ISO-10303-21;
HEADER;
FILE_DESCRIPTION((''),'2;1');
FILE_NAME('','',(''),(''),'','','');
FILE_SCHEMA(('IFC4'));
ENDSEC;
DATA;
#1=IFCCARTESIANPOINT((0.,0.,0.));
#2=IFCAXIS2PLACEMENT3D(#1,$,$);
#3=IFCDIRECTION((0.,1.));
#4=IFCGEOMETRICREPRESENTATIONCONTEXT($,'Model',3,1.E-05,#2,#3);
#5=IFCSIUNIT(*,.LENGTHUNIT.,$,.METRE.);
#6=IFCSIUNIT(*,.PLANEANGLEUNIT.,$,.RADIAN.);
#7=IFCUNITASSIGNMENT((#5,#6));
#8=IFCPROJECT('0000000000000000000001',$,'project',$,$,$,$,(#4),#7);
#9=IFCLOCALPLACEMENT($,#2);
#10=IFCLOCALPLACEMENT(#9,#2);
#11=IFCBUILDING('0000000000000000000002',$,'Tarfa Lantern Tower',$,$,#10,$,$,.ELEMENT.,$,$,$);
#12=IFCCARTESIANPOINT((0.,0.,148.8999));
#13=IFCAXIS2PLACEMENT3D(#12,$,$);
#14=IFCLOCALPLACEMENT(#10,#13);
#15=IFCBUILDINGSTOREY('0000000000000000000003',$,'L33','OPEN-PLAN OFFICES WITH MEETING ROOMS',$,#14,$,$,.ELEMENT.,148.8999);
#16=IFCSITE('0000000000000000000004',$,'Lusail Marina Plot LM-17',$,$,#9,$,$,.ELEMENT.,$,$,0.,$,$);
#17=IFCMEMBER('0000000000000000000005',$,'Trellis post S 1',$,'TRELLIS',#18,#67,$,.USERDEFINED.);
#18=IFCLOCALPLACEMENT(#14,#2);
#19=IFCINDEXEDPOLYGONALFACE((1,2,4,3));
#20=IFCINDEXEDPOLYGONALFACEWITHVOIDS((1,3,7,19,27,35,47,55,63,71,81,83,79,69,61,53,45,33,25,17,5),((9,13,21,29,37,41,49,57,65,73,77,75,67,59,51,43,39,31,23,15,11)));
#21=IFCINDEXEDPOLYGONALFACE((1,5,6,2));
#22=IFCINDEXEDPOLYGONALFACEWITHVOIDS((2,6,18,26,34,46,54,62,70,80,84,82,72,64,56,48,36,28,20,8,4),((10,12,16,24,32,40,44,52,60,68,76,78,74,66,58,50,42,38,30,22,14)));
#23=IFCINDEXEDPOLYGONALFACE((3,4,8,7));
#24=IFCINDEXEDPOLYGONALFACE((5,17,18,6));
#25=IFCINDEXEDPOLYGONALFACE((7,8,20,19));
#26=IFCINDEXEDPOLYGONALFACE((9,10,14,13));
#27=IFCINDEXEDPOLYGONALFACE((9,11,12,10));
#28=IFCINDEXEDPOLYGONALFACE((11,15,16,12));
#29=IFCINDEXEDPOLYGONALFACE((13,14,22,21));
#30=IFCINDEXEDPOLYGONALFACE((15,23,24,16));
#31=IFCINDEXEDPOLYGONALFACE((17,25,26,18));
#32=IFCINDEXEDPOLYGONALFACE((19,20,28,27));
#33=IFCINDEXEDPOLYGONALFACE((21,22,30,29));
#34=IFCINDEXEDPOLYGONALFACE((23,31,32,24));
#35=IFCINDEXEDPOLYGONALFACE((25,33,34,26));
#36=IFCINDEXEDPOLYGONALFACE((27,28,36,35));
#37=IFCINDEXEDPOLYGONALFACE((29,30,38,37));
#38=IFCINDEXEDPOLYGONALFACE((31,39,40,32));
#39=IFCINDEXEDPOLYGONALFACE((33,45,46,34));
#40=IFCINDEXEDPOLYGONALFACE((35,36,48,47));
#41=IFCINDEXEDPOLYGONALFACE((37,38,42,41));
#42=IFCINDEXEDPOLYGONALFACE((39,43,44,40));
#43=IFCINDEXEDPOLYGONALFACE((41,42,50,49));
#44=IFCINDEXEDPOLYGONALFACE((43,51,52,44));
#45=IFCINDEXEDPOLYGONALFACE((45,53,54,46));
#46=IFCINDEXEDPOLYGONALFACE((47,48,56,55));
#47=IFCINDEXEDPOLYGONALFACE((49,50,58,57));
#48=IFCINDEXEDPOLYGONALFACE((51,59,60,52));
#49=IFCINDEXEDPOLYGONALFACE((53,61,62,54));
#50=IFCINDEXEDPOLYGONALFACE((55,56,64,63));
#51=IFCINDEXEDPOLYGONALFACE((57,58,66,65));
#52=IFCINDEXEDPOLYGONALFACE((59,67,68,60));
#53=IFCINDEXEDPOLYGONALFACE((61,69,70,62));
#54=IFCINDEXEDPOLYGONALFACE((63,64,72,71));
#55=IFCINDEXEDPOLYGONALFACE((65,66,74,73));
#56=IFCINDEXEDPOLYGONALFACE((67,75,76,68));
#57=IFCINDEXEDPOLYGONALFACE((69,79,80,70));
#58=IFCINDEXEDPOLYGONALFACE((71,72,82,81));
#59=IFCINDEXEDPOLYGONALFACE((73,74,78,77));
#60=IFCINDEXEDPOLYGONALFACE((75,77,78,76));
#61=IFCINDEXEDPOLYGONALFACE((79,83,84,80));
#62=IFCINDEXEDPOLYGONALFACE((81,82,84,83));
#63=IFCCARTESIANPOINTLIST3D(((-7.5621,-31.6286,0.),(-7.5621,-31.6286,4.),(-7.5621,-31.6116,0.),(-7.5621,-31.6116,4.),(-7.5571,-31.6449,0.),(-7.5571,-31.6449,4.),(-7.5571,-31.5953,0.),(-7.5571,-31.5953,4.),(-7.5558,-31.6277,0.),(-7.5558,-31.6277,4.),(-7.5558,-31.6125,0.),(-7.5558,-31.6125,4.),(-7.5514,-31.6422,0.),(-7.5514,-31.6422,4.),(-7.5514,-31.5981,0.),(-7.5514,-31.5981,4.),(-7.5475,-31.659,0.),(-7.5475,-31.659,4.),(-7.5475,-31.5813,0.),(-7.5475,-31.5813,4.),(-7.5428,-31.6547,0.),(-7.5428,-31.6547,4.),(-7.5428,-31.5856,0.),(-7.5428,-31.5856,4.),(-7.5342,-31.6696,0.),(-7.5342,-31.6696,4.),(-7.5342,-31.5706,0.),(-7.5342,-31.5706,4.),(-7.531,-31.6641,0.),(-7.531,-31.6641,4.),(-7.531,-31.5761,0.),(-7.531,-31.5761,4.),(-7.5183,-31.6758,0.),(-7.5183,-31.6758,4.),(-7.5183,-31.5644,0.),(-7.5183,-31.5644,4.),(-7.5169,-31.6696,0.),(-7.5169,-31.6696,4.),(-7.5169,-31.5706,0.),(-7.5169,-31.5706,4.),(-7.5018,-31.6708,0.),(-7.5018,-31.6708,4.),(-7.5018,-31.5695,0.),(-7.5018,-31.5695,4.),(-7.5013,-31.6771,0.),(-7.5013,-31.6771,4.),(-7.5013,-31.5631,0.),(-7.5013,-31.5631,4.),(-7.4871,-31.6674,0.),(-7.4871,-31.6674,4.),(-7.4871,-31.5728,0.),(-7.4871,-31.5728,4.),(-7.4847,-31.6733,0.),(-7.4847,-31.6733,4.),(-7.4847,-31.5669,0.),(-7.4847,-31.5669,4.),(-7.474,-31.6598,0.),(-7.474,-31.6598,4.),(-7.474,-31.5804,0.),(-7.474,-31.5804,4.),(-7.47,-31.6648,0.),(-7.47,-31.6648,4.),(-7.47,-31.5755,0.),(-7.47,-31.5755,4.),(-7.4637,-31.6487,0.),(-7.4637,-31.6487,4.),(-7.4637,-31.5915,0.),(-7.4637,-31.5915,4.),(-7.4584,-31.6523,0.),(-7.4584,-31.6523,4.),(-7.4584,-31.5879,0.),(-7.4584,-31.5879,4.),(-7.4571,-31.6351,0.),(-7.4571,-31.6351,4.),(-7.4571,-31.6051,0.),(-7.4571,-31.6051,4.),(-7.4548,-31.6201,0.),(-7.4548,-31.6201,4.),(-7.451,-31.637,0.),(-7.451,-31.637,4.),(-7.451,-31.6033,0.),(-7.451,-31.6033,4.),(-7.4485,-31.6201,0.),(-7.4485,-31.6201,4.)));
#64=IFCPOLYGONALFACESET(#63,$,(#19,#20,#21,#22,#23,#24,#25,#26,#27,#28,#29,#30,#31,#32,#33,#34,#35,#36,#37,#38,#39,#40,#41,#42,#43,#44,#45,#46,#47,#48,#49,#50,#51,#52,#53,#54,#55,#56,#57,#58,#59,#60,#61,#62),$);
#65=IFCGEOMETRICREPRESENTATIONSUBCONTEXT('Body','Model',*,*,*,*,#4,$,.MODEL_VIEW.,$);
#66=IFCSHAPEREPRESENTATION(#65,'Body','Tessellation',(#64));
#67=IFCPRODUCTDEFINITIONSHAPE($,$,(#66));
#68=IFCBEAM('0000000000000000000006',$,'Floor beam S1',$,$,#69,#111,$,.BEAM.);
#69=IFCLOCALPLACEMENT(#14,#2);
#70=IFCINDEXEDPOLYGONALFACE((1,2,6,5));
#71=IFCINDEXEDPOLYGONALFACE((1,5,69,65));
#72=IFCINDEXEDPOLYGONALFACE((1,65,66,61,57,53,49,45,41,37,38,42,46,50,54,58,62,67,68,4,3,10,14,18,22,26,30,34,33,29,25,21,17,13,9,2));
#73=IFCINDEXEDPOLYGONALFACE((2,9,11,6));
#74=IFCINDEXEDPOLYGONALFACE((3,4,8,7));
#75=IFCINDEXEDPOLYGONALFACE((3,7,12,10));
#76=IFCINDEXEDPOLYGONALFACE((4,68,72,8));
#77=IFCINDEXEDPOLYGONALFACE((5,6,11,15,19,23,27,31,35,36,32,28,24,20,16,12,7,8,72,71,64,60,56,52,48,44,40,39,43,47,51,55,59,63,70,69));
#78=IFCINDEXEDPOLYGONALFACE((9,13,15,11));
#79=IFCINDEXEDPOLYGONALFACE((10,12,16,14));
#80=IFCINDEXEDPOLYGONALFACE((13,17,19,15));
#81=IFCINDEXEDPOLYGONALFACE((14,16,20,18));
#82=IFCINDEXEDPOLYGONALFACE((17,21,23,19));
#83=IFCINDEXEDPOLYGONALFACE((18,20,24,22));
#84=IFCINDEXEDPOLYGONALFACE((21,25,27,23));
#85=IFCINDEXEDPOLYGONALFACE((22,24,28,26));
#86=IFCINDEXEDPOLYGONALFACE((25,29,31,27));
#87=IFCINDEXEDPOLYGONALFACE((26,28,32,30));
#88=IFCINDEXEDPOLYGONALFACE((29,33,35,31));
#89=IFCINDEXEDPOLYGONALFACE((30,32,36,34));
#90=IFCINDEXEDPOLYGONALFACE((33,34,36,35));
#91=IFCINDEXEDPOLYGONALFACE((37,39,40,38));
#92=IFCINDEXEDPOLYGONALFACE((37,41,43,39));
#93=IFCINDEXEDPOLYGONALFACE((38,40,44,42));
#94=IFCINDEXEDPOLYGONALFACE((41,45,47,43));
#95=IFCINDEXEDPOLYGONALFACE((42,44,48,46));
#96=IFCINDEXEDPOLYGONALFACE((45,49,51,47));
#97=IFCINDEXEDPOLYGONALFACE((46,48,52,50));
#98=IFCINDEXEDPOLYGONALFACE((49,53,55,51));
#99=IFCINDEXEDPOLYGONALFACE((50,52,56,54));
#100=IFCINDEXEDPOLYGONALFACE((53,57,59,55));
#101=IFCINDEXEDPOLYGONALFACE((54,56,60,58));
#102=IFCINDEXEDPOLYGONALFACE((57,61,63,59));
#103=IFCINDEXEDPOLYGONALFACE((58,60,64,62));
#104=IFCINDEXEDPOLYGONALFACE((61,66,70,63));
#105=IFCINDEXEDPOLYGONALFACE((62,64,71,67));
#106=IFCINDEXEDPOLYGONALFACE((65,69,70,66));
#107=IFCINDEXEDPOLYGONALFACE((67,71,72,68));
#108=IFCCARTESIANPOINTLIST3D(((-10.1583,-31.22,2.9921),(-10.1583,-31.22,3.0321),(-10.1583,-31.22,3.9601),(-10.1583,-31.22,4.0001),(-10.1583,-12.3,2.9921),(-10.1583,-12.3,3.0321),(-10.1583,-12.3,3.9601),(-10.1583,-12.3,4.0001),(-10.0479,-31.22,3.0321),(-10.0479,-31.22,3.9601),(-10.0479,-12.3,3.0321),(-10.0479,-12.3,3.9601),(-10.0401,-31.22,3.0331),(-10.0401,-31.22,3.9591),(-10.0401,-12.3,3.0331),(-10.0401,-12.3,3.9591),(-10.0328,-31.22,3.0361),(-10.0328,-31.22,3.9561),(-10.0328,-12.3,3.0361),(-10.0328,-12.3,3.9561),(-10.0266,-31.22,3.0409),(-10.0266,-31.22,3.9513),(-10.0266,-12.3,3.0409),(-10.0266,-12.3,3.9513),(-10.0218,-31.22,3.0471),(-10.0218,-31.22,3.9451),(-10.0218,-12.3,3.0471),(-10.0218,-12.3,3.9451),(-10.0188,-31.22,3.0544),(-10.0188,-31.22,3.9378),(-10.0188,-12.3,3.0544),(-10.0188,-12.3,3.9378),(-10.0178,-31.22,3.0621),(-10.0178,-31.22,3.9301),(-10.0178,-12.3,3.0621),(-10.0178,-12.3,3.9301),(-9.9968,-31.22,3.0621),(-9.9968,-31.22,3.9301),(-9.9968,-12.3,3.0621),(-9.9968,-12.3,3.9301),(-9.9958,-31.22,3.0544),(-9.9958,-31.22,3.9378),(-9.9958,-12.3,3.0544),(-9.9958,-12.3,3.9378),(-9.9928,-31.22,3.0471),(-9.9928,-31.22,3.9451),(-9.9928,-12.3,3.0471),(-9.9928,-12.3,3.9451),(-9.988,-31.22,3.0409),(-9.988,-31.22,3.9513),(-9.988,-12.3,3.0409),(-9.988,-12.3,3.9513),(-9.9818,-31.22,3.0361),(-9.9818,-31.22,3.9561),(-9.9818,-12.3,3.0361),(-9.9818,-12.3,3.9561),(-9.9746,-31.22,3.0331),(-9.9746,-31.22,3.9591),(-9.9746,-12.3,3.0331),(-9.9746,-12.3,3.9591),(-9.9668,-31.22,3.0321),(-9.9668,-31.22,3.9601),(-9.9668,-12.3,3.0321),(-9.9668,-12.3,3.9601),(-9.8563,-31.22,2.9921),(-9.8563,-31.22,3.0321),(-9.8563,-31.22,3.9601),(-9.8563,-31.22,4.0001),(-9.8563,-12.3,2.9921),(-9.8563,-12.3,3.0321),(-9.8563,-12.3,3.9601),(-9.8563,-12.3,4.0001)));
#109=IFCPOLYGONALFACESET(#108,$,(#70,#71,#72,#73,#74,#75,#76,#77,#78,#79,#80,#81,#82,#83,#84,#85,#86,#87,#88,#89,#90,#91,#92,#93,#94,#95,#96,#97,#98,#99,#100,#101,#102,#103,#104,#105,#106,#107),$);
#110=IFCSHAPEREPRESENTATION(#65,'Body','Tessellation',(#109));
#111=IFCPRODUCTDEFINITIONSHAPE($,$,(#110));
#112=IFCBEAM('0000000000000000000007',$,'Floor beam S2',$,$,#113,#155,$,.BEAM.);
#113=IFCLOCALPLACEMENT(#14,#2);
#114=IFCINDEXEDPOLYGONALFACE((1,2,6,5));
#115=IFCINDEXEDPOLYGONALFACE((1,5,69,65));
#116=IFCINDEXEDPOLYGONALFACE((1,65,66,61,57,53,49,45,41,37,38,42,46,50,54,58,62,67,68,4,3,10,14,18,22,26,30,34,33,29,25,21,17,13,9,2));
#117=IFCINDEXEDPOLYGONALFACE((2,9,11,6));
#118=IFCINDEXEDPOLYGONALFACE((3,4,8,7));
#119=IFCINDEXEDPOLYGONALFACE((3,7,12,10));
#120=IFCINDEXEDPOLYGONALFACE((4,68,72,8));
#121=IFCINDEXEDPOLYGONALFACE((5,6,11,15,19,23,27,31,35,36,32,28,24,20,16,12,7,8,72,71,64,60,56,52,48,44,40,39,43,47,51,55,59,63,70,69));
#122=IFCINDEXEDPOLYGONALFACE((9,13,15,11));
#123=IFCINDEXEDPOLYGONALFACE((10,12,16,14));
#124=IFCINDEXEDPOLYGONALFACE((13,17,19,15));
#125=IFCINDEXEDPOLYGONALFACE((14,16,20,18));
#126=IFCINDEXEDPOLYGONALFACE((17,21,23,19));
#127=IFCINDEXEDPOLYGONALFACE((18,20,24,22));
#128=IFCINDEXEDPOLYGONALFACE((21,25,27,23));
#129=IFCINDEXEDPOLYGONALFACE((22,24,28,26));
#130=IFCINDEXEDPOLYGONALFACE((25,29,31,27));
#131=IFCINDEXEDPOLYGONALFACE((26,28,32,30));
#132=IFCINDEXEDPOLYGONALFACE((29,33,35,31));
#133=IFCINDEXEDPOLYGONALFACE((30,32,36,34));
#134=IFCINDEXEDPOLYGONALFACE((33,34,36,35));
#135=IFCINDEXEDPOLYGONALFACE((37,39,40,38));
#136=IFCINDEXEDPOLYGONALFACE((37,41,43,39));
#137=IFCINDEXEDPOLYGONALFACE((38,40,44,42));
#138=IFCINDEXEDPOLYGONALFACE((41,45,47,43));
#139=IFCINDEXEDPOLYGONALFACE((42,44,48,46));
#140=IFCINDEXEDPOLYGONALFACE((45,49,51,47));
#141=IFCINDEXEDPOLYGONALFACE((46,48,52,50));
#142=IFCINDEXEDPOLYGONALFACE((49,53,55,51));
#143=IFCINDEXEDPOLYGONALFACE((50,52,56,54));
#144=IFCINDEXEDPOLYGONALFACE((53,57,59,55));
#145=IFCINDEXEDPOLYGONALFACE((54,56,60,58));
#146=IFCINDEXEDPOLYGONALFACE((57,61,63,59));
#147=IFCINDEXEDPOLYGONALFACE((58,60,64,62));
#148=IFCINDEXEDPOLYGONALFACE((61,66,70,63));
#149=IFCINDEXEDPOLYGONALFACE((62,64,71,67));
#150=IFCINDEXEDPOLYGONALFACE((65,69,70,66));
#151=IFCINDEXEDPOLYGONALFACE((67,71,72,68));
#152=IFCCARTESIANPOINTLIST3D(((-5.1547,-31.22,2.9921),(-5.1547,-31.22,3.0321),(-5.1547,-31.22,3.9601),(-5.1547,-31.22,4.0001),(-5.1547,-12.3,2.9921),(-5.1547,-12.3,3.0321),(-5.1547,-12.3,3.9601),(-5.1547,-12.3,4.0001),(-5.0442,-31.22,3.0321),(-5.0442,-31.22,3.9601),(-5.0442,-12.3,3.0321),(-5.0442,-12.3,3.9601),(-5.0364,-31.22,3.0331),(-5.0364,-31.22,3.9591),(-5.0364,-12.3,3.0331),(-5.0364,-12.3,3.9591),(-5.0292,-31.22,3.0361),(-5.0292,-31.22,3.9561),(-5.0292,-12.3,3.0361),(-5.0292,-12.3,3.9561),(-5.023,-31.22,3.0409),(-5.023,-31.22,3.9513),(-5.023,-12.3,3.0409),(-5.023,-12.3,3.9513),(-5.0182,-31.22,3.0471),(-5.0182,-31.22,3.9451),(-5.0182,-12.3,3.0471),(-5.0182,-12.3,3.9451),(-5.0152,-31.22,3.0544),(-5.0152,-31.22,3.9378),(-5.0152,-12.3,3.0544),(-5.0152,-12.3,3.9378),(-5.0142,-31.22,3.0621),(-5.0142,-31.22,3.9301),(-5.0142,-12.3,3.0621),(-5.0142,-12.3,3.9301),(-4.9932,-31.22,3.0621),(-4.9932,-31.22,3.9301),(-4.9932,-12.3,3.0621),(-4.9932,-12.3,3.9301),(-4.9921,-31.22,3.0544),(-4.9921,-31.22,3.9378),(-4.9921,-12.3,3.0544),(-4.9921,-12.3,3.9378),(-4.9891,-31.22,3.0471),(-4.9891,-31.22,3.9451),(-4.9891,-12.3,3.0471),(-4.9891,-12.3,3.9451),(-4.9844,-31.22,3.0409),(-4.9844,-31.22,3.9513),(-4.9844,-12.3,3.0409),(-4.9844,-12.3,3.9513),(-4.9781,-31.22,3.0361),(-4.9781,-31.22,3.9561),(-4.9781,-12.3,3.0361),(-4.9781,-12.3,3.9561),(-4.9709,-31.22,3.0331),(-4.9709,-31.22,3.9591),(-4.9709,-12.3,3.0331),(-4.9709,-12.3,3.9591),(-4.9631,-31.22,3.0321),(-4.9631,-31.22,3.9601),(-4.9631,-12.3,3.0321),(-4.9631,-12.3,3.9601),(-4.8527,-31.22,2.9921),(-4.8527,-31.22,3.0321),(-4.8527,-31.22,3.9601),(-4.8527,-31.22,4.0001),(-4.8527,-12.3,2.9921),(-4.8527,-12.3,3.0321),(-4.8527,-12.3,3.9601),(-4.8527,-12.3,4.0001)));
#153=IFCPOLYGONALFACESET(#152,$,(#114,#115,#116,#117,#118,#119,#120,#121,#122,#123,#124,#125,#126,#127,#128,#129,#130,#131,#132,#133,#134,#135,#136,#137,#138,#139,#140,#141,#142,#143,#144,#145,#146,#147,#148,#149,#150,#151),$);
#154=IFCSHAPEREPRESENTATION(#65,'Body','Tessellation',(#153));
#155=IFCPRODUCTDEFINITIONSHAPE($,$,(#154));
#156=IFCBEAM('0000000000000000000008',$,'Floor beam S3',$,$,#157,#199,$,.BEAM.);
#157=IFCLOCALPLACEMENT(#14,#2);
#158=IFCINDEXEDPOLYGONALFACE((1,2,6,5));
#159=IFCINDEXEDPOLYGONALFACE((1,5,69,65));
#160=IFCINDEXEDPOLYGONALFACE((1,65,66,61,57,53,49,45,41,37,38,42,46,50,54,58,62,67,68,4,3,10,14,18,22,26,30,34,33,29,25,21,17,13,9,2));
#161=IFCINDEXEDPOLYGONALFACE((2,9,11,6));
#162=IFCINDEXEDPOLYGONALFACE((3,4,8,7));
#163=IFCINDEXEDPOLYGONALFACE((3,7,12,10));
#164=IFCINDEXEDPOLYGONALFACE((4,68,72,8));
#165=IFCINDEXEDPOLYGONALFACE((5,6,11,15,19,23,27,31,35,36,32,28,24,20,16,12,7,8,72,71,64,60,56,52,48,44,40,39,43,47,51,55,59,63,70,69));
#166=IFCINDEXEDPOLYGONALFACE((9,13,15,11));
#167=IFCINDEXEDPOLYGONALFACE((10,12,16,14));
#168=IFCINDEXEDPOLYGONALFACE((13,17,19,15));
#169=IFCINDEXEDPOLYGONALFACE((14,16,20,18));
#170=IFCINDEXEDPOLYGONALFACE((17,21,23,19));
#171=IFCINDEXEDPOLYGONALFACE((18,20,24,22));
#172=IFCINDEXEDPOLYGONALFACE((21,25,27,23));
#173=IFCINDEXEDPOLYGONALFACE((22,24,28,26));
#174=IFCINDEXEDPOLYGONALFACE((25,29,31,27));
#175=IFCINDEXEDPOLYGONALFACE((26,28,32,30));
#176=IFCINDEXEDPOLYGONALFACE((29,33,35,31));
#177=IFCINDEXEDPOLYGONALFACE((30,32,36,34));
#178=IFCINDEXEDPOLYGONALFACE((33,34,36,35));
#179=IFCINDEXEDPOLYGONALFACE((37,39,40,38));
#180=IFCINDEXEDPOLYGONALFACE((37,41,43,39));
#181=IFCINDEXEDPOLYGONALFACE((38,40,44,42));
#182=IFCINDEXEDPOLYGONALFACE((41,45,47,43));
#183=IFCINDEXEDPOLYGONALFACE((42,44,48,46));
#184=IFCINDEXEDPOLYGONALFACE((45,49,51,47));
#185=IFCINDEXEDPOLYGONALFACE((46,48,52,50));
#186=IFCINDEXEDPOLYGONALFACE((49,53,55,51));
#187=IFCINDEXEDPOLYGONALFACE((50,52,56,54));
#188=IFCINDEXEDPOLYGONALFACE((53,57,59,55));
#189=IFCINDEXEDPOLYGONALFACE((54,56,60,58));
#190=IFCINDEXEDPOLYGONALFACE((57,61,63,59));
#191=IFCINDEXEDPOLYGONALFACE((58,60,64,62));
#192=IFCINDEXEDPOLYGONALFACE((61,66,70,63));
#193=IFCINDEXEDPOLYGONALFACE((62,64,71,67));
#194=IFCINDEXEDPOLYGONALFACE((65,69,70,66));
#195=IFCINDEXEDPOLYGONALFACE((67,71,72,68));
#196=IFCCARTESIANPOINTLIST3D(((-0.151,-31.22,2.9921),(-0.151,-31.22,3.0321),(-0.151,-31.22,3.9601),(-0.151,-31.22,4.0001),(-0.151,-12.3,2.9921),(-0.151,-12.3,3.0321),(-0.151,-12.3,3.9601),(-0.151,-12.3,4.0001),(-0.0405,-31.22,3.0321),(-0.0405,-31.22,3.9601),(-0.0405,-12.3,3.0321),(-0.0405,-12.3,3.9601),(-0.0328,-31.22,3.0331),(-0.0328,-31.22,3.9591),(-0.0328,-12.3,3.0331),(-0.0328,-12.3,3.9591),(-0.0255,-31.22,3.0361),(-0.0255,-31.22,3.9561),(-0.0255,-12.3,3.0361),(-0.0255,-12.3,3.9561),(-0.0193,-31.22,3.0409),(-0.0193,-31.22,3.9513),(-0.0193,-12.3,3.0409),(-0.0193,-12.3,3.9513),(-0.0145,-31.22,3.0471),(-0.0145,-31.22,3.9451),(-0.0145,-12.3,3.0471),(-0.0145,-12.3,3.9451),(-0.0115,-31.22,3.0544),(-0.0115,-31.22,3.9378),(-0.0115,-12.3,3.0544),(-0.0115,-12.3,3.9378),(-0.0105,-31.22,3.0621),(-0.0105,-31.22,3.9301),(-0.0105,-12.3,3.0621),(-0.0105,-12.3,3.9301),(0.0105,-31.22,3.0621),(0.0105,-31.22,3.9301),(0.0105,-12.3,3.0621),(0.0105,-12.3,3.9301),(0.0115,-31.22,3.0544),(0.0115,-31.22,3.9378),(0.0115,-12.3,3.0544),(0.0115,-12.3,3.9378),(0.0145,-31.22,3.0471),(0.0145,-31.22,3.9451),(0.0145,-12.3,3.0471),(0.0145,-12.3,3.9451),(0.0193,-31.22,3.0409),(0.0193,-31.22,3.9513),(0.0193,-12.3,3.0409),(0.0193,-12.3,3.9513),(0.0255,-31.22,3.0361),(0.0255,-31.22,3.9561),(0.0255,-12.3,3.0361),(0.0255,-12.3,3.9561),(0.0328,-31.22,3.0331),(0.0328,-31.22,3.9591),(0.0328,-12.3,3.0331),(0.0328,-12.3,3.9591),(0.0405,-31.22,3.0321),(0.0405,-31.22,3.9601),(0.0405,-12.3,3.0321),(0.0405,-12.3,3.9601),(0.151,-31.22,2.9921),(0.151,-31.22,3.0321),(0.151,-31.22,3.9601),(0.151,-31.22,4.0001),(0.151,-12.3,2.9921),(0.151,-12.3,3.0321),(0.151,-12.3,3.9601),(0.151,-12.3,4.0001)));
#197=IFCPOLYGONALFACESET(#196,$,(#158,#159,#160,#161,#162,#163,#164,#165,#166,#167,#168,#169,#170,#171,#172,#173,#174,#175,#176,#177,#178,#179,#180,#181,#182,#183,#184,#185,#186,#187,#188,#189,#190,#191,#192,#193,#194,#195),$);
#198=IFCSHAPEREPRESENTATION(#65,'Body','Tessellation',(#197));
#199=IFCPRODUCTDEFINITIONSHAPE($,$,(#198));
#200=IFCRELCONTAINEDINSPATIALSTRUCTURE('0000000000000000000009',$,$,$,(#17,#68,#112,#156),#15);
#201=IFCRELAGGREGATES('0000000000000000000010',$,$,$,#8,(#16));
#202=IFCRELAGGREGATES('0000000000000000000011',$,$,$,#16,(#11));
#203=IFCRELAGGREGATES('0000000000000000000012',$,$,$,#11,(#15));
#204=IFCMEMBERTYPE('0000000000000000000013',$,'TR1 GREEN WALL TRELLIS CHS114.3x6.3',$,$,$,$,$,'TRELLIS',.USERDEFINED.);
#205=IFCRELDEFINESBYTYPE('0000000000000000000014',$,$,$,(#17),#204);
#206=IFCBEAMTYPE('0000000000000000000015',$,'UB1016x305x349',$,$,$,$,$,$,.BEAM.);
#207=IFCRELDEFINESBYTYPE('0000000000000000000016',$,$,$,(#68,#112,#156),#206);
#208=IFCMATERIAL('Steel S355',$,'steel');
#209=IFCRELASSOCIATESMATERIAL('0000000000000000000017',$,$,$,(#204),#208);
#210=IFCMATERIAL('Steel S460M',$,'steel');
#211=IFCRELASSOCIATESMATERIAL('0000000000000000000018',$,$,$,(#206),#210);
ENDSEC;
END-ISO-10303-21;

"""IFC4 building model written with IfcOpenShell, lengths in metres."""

from ifc_helpers import new_model, si_unit, direction, frame, origin, origin_2d, place, context, subcontext, project, spatial, hollow_circle, i_section, extrude, material, material_profile, profile_set, type_object, element, save


model = new_model("IFC4")

# Units and contexts
model_context = context("Model", 3, precision=1e-05, world=origin(), true_north=direction((0.0, 1.0)))
body_context = subcontext(model_context, "Body", "Model", "MODEL_VIEW")
ifc_project = project(units=[si_unit("LENGTHUNIT", "METRE"), si_unit("PLANEANGLEUNIT", "RADIAN")], contexts=[model_context])

# Site, building, storey
site_placement = place(None, origin())
site = spatial("IfcSite", under=ifc_project, at=site_placement, Name="Lusail Marina Plot LM-17", CompositionType="ELEMENT", RefElevation=0.0)
building_placement = place(site_placement, origin())
building = spatial("IfcBuilding", under=site, at=building_placement, Name="Tarfa Lantern Tower", CompositionType="ELEMENT")
storey_placement = place(building_placement, frame((0.0, 0.0, 148.8999)))
storey = spatial("IfcBuildingStorey", under=building, at=storey_placement, Name="L33", Description="OPEN-PLAN OFFICES WITH MEETING ROOMS", CompositionType="ELEMENT", Elevation=148.8999)

# Member
ifc_material_1 = material(Name="Steel S355", Category="steel")
ifc_material_profile_1 = material_profile(ifc_material_1, hollow_circle(Radius=0.0571, WallThickness=0.0063, at=origin_2d()), Name="CHS114.3x6.3")
ifc_profile_set_1 = profile_set([ifc_material_profile_1], Name="Steel S355")
member_type_1 = type_object("IfcMemberType", Name="TR1 GREEN WALL TRELLIS CHS114.3x6.3", ElementType="TRELLIS", PredefinedType="USERDEFINED", material=ifc_profile_set_1)
member_1_placement = place(storey_placement, frame((-7.5056, -31.6201, 0.0), z_axis=(0.0, 0.0, 1.0), x_axis=(1.0, 0.0, 0.0)))
element("IfcMember", 1, at=member_1_placement, inside=storey, type_object=member_type_1, Name="Trellis post S 1", ObjectType="TRELLIS", PredefinedType="USERDEFINED", context=body_context, shape_type="SweptSolid", body=[
    extrude(hollow_circle(Radius=0.0571, WallThickness=0.0063, at=origin_2d()), origin(), (0.0, 0.0, 1.0), 4.0),
])

# Beams
ifc_material_2 = material(Name="Steel S460M", Category="steel")
ifc_material_profile_2 = material_profile(ifc_material_2, i_section(OverallWidth=0.302, OverallDepth=1.0081, WebThickness=0.021, FlangeThickness=0.04, FilletRadius=0.03, at=origin_2d()), Name="UB1016x305x349")
ifc_profile_set_2 = profile_set([ifc_material_profile_2], Name="Steel S460M")
beam_type_1 = type_object("IfcBeamType", Name="UB1016x305x349", PredefinedType="BEAM", material=ifc_profile_set_2)
for number, where, z_axis, x_axis, name in (
    (2, (-10.0073, -31.22, 3.4961), (0.0, 1.0, 0.0), (-1.0, 0.0, 0.0), "Floor beam S1"),
    (3, (-5.0037, -31.22, 3.4961), (0.0, 1.0, 0.0), (-1.0, 0.0, 0.0), "Floor beam S2"),
    (4, (0.0, -31.22, 3.4961), (0.0, 1.0, 0.0), (-1.0, 0.0, 0.0), "Floor beam S3"),
):
    element("IfcBeam", number, at=place(storey_placement, frame(where, z_axis=z_axis, x_axis=x_axis)), inside=storey, type_object=beam_type_1, Name=name, PredefinedType="BEAM", context=body_context, shape_type="SweptSolid", body=[
        extrude(i_section(OverallWidth=0.302, OverallDepth=1.0081, WebThickness=0.021, FlangeThickness=0.04, FilletRadius=0.03, at=origin_2d()), origin(), (0.0, 0.0, 1.0), 18.9199),
    ])

save(model, "model.ifc")
